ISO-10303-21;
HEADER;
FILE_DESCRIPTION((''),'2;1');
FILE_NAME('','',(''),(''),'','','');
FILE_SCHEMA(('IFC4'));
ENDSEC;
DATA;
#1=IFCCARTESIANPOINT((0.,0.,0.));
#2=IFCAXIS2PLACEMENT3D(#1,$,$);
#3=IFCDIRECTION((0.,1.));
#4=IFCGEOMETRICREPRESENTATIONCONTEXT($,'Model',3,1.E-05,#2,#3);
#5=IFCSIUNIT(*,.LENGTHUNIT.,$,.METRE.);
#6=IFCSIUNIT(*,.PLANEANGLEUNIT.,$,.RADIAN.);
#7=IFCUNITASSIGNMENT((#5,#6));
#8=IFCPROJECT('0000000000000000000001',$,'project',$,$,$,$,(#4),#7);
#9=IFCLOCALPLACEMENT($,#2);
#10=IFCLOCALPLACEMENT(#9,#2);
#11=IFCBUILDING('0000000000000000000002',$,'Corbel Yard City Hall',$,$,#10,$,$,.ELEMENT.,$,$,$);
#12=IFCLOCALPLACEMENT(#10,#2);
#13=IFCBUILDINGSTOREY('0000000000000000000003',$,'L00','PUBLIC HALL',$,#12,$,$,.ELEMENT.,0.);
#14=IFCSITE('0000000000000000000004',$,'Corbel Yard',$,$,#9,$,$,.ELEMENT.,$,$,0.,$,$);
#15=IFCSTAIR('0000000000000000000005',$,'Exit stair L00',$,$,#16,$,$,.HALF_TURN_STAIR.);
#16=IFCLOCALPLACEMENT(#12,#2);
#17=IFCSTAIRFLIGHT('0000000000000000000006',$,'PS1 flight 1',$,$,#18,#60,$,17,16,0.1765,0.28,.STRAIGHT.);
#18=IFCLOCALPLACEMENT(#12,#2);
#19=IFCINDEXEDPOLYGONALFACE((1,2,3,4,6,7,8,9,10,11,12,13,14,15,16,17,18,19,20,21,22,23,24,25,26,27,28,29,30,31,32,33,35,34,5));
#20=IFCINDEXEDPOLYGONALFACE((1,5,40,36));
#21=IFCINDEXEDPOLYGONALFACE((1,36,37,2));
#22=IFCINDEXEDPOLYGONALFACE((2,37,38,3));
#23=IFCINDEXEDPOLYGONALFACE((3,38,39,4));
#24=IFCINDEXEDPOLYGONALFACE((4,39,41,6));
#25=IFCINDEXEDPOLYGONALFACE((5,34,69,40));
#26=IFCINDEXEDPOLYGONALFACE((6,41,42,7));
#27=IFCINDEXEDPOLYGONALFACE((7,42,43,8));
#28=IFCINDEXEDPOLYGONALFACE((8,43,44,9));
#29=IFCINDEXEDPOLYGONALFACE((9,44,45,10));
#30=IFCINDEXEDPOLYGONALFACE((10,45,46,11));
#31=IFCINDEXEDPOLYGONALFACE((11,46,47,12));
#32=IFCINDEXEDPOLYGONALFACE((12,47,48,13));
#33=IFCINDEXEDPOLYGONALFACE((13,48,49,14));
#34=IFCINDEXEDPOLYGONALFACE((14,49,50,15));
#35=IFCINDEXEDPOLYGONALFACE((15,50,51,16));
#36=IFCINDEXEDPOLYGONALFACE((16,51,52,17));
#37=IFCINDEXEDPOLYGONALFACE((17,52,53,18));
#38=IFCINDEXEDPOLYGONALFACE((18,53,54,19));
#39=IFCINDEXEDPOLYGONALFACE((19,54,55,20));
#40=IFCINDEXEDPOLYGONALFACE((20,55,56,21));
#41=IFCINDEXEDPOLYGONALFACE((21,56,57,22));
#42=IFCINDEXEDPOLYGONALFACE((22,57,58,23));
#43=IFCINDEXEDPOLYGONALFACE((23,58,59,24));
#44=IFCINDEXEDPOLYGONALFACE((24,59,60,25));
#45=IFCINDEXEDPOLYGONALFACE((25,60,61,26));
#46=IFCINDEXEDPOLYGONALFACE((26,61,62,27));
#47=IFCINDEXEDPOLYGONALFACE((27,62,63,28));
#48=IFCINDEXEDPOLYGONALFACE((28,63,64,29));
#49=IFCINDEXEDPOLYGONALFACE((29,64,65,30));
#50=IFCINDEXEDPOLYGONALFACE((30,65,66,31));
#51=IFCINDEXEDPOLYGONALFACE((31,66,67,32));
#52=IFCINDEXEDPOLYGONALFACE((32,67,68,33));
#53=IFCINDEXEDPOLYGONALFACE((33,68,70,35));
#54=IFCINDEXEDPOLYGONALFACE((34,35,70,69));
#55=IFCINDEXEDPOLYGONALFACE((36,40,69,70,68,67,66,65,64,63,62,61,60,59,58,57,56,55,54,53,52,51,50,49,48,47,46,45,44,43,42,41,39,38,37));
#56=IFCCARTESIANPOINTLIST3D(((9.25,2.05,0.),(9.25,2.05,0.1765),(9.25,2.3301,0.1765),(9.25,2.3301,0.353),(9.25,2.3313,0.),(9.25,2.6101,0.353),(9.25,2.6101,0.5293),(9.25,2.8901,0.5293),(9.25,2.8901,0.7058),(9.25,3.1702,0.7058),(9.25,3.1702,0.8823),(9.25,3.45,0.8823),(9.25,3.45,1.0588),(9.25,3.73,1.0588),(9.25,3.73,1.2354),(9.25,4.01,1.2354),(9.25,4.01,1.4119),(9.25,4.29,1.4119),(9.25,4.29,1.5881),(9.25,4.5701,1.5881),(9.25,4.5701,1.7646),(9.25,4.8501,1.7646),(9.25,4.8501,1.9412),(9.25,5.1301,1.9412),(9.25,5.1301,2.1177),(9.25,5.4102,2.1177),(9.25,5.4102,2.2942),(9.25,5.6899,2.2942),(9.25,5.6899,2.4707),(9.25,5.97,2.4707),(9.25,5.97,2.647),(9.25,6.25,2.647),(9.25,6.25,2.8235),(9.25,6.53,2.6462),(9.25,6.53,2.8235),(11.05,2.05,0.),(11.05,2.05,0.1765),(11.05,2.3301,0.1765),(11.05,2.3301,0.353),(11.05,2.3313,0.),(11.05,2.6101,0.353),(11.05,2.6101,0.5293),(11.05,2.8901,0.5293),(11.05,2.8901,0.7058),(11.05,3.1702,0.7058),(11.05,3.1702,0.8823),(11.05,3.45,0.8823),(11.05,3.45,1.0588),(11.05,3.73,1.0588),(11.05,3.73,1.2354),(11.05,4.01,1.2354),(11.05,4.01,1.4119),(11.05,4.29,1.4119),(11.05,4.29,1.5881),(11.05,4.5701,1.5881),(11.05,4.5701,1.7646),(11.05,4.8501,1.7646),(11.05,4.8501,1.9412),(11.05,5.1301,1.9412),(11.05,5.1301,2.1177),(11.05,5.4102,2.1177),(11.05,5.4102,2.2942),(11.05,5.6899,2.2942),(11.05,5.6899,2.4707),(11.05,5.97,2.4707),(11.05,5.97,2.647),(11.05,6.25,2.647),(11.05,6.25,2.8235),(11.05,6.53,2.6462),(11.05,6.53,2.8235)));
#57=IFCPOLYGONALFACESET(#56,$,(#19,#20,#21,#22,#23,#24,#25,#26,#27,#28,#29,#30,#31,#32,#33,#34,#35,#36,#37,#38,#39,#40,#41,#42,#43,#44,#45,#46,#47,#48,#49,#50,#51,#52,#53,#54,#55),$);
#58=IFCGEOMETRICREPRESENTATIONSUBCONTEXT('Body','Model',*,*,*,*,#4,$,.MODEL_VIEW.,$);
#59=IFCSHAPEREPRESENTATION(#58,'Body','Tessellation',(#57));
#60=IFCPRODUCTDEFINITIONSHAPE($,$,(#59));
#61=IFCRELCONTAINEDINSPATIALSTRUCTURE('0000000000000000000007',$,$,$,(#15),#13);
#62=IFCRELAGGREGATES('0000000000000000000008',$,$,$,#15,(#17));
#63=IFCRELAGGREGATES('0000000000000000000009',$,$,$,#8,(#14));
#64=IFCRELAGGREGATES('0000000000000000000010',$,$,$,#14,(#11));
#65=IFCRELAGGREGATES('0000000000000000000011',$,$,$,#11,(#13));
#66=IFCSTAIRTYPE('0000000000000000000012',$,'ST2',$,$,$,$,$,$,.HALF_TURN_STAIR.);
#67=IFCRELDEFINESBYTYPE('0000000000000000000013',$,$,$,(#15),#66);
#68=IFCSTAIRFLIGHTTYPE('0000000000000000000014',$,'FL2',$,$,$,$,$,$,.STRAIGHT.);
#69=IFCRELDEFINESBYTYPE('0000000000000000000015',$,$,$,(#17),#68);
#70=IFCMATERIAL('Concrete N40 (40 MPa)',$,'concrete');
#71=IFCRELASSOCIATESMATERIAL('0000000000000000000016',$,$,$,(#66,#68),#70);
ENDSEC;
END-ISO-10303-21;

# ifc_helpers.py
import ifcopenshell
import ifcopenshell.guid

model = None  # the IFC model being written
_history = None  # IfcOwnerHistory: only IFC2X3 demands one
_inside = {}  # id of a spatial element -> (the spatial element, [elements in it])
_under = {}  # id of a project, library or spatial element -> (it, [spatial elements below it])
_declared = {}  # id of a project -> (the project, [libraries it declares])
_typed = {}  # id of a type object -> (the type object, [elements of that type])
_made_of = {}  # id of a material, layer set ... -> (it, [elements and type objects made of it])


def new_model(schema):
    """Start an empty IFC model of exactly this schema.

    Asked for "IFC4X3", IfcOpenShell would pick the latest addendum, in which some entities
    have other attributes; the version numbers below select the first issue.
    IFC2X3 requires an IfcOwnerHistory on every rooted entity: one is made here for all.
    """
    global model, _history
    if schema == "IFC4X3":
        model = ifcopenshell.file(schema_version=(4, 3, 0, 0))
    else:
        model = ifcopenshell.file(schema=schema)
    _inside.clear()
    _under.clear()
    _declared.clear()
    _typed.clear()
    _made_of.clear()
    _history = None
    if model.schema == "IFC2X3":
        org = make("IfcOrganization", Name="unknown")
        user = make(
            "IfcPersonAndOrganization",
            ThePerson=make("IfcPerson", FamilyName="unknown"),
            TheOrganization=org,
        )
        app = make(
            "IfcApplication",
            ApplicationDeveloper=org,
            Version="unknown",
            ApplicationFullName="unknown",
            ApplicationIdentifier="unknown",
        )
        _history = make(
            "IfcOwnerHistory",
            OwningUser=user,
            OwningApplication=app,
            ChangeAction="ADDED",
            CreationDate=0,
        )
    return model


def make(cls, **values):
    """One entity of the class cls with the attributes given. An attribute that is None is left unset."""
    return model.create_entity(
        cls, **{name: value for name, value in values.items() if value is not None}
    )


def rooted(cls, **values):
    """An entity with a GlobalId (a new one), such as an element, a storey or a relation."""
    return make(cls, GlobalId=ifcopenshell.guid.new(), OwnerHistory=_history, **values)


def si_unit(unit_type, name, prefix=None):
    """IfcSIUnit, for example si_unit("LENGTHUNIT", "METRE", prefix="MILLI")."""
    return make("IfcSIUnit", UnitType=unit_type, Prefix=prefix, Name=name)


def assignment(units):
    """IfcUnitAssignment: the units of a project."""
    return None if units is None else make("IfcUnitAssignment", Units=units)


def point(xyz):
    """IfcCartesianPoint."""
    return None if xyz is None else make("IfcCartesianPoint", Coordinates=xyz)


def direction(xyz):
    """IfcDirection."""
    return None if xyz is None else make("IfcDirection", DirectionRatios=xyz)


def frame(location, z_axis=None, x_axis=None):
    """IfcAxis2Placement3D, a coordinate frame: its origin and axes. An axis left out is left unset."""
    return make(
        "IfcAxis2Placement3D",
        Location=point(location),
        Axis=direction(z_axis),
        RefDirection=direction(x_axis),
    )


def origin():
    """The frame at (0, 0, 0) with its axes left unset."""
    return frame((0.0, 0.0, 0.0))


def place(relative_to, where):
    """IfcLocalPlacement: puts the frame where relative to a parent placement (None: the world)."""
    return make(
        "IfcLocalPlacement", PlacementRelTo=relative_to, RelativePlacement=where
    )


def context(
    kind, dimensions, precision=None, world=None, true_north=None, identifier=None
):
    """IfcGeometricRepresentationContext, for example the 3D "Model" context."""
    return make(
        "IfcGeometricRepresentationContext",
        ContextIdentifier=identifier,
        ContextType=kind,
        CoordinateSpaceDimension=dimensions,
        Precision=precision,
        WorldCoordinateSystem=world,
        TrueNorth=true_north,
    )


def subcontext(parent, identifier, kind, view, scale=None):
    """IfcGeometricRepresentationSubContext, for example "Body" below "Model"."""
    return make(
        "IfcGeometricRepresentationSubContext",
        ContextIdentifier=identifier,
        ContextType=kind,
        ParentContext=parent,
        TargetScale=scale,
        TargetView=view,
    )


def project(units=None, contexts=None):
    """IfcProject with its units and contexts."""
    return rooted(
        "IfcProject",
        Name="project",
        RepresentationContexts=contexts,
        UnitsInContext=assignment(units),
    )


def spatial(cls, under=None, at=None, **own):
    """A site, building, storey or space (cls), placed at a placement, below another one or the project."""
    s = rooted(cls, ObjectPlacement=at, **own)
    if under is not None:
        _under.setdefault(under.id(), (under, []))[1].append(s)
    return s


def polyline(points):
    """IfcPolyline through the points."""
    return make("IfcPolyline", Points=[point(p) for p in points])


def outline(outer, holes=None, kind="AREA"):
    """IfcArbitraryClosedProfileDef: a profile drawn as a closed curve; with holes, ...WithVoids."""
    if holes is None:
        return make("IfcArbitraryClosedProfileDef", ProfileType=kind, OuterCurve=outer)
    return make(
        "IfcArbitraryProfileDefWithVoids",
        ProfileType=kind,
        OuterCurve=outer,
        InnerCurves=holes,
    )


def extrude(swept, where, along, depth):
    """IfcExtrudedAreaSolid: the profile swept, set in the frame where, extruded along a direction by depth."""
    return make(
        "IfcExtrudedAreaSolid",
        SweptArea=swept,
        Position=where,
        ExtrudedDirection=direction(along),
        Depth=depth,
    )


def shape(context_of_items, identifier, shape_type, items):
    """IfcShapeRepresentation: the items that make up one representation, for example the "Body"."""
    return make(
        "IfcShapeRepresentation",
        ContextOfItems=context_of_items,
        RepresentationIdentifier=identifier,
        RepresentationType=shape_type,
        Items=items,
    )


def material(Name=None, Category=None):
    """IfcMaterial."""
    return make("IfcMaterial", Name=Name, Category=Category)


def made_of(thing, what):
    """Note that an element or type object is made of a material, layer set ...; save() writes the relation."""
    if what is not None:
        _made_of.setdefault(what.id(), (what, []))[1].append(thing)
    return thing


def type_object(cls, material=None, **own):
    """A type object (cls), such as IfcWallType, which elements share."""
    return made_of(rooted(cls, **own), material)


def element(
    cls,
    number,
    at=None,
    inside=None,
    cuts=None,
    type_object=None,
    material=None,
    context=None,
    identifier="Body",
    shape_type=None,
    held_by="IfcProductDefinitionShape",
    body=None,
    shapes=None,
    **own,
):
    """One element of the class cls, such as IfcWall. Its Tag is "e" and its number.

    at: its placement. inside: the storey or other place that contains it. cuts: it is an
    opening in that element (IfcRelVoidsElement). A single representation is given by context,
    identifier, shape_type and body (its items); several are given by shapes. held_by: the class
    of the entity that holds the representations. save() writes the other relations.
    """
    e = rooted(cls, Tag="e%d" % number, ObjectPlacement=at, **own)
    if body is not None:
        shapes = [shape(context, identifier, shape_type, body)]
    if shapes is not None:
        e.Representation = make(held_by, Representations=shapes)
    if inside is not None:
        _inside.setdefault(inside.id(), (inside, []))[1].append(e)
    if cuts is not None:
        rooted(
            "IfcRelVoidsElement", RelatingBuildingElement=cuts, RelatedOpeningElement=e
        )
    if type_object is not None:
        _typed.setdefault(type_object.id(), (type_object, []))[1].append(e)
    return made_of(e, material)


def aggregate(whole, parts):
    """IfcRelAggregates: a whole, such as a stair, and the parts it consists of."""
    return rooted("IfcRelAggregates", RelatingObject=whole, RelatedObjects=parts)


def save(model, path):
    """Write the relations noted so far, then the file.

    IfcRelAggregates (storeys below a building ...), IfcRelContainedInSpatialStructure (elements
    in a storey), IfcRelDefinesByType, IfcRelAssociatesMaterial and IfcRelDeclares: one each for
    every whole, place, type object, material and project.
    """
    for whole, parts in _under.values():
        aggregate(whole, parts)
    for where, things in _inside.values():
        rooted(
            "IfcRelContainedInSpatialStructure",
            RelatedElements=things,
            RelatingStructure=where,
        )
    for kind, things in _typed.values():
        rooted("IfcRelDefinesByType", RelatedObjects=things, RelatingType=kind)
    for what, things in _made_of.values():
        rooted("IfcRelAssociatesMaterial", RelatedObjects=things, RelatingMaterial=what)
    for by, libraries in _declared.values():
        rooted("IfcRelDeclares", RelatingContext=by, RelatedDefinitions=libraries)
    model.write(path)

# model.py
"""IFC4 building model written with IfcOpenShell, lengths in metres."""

from ifc_helpers import new_model, si_unit, direction, frame, origin, place, context, subcontext, project, spatial, polyline, outline, extrude, material, type_object, element, aggregate, save


model = new_model("IFC4")

# Units and contexts
model_context = context("Model", 3, precision=1e-05, world=origin(), true_north=direction((0.0, 1.0)))
body_context = subcontext(model_context, "Body", "Model", "MODEL_VIEW")
ifc_project = project(units=[si_unit("LENGTHUNIT", "METRE"), si_unit("PLANEANGLEUNIT", "RADIAN")], contexts=[model_context])

# Site, building, storey
site_placement = place(None, origin())
site = spatial("IfcSite", under=ifc_project, at=site_placement, Name="Corbel Yard", CompositionType="ELEMENT", RefElevation=0.0)
building_placement = place(site_placement, origin())
building = spatial("IfcBuilding", under=site, at=building_placement, Name="Corbel Yard City Hall", CompositionType="ELEMENT")
storey_placement = place(building_placement, origin())
storey = spatial("IfcBuildingStorey", under=building, at=storey_placement, Name="L00", Description="PUBLIC HALL", CompositionType="ELEMENT", Elevation=0.0)

# Shared definitions
ifc_material_1 = material(Name="Concrete N40 (40 MPa)", Category="concrete")

# Stair, stair flight
stair_type = type_object("IfcStairType", Name="ST2", PredefinedType="HALF_TURN_STAIR", material=ifc_material_1)
stair_placement = place(storey_placement, origin())
stair = element("IfcStair", 1, at=stair_placement, inside=storey, type_object=stair_type, Name="Exit stair L00", PredefinedType="HALF_TURN_STAIR")
stair_flight_type = type_object("IfcStairFlightType", Name="FL2", PredefinedType="STRAIGHT", material=ifc_material_1)
stair_flight_placement = place(storey_placement, frame((10.1499, 2.05, 0.0), z_axis=(0.0, 0.0, 1.0), x_axis=(0.0, 1.0, 0.0)))
stair_flight = element("IfcStairFlight", 2, at=stair_flight_placement, type_object=stair_flight_type, Name="PS1 flight 1", NumberOfRisers=17, NumberOfTreads=16, PredefinedType="STRAIGHT", RiserHeight=0.1765, TreadLength=0.28, context=body_context, shape_type="SweptSolid", body=[
    extrude(outline(polyline([(0.0, 0.0), (0.0, 0.1765), (0.28, 0.1765), (0.28, 0.353), (0.5601, 0.353), (0.5601, 0.5293), (0.8401, 0.5293), (0.8401, 0.7058), (1.1201, 0.7058), (1.1201, 0.8823), (1.3999, 0.8823), (1.3999, 1.0588), (1.6799, 1.0588), (1.6799, 1.2354), (1.96, 1.2354), (1.96, 1.4119), (2.24, 1.4119), (2.24, 1.5881), (2.52, 1.5881), (2.52, 1.7646), (2.8, 1.7646), (2.8, 1.9412), (3.0801, 1.9412), (3.0801, 2.1177), (3.3601, 2.1177), (3.3601, 2.2942), (3.6399, 2.2942), (3.6399, 2.4707), (3.9199, 2.4707), (3.9199, 2.647), (4.2, 2.647), (4.2, 2.8235), (4.48, 2.8235), (4.48, 3.0), (4.48, 2.6462), (0.2812, 0.0), (0.0, 0.0)])), frame((0.0, 0.8999, 0.0), z_axis=(0.0, -1.0, 0.0), x_axis=(1.0, 0.0, 0.0)), (0.0, 0.0, 1.0), 1.8),
])
aggregate(stair, [stair_flight])

save(model, "model.ifc")
